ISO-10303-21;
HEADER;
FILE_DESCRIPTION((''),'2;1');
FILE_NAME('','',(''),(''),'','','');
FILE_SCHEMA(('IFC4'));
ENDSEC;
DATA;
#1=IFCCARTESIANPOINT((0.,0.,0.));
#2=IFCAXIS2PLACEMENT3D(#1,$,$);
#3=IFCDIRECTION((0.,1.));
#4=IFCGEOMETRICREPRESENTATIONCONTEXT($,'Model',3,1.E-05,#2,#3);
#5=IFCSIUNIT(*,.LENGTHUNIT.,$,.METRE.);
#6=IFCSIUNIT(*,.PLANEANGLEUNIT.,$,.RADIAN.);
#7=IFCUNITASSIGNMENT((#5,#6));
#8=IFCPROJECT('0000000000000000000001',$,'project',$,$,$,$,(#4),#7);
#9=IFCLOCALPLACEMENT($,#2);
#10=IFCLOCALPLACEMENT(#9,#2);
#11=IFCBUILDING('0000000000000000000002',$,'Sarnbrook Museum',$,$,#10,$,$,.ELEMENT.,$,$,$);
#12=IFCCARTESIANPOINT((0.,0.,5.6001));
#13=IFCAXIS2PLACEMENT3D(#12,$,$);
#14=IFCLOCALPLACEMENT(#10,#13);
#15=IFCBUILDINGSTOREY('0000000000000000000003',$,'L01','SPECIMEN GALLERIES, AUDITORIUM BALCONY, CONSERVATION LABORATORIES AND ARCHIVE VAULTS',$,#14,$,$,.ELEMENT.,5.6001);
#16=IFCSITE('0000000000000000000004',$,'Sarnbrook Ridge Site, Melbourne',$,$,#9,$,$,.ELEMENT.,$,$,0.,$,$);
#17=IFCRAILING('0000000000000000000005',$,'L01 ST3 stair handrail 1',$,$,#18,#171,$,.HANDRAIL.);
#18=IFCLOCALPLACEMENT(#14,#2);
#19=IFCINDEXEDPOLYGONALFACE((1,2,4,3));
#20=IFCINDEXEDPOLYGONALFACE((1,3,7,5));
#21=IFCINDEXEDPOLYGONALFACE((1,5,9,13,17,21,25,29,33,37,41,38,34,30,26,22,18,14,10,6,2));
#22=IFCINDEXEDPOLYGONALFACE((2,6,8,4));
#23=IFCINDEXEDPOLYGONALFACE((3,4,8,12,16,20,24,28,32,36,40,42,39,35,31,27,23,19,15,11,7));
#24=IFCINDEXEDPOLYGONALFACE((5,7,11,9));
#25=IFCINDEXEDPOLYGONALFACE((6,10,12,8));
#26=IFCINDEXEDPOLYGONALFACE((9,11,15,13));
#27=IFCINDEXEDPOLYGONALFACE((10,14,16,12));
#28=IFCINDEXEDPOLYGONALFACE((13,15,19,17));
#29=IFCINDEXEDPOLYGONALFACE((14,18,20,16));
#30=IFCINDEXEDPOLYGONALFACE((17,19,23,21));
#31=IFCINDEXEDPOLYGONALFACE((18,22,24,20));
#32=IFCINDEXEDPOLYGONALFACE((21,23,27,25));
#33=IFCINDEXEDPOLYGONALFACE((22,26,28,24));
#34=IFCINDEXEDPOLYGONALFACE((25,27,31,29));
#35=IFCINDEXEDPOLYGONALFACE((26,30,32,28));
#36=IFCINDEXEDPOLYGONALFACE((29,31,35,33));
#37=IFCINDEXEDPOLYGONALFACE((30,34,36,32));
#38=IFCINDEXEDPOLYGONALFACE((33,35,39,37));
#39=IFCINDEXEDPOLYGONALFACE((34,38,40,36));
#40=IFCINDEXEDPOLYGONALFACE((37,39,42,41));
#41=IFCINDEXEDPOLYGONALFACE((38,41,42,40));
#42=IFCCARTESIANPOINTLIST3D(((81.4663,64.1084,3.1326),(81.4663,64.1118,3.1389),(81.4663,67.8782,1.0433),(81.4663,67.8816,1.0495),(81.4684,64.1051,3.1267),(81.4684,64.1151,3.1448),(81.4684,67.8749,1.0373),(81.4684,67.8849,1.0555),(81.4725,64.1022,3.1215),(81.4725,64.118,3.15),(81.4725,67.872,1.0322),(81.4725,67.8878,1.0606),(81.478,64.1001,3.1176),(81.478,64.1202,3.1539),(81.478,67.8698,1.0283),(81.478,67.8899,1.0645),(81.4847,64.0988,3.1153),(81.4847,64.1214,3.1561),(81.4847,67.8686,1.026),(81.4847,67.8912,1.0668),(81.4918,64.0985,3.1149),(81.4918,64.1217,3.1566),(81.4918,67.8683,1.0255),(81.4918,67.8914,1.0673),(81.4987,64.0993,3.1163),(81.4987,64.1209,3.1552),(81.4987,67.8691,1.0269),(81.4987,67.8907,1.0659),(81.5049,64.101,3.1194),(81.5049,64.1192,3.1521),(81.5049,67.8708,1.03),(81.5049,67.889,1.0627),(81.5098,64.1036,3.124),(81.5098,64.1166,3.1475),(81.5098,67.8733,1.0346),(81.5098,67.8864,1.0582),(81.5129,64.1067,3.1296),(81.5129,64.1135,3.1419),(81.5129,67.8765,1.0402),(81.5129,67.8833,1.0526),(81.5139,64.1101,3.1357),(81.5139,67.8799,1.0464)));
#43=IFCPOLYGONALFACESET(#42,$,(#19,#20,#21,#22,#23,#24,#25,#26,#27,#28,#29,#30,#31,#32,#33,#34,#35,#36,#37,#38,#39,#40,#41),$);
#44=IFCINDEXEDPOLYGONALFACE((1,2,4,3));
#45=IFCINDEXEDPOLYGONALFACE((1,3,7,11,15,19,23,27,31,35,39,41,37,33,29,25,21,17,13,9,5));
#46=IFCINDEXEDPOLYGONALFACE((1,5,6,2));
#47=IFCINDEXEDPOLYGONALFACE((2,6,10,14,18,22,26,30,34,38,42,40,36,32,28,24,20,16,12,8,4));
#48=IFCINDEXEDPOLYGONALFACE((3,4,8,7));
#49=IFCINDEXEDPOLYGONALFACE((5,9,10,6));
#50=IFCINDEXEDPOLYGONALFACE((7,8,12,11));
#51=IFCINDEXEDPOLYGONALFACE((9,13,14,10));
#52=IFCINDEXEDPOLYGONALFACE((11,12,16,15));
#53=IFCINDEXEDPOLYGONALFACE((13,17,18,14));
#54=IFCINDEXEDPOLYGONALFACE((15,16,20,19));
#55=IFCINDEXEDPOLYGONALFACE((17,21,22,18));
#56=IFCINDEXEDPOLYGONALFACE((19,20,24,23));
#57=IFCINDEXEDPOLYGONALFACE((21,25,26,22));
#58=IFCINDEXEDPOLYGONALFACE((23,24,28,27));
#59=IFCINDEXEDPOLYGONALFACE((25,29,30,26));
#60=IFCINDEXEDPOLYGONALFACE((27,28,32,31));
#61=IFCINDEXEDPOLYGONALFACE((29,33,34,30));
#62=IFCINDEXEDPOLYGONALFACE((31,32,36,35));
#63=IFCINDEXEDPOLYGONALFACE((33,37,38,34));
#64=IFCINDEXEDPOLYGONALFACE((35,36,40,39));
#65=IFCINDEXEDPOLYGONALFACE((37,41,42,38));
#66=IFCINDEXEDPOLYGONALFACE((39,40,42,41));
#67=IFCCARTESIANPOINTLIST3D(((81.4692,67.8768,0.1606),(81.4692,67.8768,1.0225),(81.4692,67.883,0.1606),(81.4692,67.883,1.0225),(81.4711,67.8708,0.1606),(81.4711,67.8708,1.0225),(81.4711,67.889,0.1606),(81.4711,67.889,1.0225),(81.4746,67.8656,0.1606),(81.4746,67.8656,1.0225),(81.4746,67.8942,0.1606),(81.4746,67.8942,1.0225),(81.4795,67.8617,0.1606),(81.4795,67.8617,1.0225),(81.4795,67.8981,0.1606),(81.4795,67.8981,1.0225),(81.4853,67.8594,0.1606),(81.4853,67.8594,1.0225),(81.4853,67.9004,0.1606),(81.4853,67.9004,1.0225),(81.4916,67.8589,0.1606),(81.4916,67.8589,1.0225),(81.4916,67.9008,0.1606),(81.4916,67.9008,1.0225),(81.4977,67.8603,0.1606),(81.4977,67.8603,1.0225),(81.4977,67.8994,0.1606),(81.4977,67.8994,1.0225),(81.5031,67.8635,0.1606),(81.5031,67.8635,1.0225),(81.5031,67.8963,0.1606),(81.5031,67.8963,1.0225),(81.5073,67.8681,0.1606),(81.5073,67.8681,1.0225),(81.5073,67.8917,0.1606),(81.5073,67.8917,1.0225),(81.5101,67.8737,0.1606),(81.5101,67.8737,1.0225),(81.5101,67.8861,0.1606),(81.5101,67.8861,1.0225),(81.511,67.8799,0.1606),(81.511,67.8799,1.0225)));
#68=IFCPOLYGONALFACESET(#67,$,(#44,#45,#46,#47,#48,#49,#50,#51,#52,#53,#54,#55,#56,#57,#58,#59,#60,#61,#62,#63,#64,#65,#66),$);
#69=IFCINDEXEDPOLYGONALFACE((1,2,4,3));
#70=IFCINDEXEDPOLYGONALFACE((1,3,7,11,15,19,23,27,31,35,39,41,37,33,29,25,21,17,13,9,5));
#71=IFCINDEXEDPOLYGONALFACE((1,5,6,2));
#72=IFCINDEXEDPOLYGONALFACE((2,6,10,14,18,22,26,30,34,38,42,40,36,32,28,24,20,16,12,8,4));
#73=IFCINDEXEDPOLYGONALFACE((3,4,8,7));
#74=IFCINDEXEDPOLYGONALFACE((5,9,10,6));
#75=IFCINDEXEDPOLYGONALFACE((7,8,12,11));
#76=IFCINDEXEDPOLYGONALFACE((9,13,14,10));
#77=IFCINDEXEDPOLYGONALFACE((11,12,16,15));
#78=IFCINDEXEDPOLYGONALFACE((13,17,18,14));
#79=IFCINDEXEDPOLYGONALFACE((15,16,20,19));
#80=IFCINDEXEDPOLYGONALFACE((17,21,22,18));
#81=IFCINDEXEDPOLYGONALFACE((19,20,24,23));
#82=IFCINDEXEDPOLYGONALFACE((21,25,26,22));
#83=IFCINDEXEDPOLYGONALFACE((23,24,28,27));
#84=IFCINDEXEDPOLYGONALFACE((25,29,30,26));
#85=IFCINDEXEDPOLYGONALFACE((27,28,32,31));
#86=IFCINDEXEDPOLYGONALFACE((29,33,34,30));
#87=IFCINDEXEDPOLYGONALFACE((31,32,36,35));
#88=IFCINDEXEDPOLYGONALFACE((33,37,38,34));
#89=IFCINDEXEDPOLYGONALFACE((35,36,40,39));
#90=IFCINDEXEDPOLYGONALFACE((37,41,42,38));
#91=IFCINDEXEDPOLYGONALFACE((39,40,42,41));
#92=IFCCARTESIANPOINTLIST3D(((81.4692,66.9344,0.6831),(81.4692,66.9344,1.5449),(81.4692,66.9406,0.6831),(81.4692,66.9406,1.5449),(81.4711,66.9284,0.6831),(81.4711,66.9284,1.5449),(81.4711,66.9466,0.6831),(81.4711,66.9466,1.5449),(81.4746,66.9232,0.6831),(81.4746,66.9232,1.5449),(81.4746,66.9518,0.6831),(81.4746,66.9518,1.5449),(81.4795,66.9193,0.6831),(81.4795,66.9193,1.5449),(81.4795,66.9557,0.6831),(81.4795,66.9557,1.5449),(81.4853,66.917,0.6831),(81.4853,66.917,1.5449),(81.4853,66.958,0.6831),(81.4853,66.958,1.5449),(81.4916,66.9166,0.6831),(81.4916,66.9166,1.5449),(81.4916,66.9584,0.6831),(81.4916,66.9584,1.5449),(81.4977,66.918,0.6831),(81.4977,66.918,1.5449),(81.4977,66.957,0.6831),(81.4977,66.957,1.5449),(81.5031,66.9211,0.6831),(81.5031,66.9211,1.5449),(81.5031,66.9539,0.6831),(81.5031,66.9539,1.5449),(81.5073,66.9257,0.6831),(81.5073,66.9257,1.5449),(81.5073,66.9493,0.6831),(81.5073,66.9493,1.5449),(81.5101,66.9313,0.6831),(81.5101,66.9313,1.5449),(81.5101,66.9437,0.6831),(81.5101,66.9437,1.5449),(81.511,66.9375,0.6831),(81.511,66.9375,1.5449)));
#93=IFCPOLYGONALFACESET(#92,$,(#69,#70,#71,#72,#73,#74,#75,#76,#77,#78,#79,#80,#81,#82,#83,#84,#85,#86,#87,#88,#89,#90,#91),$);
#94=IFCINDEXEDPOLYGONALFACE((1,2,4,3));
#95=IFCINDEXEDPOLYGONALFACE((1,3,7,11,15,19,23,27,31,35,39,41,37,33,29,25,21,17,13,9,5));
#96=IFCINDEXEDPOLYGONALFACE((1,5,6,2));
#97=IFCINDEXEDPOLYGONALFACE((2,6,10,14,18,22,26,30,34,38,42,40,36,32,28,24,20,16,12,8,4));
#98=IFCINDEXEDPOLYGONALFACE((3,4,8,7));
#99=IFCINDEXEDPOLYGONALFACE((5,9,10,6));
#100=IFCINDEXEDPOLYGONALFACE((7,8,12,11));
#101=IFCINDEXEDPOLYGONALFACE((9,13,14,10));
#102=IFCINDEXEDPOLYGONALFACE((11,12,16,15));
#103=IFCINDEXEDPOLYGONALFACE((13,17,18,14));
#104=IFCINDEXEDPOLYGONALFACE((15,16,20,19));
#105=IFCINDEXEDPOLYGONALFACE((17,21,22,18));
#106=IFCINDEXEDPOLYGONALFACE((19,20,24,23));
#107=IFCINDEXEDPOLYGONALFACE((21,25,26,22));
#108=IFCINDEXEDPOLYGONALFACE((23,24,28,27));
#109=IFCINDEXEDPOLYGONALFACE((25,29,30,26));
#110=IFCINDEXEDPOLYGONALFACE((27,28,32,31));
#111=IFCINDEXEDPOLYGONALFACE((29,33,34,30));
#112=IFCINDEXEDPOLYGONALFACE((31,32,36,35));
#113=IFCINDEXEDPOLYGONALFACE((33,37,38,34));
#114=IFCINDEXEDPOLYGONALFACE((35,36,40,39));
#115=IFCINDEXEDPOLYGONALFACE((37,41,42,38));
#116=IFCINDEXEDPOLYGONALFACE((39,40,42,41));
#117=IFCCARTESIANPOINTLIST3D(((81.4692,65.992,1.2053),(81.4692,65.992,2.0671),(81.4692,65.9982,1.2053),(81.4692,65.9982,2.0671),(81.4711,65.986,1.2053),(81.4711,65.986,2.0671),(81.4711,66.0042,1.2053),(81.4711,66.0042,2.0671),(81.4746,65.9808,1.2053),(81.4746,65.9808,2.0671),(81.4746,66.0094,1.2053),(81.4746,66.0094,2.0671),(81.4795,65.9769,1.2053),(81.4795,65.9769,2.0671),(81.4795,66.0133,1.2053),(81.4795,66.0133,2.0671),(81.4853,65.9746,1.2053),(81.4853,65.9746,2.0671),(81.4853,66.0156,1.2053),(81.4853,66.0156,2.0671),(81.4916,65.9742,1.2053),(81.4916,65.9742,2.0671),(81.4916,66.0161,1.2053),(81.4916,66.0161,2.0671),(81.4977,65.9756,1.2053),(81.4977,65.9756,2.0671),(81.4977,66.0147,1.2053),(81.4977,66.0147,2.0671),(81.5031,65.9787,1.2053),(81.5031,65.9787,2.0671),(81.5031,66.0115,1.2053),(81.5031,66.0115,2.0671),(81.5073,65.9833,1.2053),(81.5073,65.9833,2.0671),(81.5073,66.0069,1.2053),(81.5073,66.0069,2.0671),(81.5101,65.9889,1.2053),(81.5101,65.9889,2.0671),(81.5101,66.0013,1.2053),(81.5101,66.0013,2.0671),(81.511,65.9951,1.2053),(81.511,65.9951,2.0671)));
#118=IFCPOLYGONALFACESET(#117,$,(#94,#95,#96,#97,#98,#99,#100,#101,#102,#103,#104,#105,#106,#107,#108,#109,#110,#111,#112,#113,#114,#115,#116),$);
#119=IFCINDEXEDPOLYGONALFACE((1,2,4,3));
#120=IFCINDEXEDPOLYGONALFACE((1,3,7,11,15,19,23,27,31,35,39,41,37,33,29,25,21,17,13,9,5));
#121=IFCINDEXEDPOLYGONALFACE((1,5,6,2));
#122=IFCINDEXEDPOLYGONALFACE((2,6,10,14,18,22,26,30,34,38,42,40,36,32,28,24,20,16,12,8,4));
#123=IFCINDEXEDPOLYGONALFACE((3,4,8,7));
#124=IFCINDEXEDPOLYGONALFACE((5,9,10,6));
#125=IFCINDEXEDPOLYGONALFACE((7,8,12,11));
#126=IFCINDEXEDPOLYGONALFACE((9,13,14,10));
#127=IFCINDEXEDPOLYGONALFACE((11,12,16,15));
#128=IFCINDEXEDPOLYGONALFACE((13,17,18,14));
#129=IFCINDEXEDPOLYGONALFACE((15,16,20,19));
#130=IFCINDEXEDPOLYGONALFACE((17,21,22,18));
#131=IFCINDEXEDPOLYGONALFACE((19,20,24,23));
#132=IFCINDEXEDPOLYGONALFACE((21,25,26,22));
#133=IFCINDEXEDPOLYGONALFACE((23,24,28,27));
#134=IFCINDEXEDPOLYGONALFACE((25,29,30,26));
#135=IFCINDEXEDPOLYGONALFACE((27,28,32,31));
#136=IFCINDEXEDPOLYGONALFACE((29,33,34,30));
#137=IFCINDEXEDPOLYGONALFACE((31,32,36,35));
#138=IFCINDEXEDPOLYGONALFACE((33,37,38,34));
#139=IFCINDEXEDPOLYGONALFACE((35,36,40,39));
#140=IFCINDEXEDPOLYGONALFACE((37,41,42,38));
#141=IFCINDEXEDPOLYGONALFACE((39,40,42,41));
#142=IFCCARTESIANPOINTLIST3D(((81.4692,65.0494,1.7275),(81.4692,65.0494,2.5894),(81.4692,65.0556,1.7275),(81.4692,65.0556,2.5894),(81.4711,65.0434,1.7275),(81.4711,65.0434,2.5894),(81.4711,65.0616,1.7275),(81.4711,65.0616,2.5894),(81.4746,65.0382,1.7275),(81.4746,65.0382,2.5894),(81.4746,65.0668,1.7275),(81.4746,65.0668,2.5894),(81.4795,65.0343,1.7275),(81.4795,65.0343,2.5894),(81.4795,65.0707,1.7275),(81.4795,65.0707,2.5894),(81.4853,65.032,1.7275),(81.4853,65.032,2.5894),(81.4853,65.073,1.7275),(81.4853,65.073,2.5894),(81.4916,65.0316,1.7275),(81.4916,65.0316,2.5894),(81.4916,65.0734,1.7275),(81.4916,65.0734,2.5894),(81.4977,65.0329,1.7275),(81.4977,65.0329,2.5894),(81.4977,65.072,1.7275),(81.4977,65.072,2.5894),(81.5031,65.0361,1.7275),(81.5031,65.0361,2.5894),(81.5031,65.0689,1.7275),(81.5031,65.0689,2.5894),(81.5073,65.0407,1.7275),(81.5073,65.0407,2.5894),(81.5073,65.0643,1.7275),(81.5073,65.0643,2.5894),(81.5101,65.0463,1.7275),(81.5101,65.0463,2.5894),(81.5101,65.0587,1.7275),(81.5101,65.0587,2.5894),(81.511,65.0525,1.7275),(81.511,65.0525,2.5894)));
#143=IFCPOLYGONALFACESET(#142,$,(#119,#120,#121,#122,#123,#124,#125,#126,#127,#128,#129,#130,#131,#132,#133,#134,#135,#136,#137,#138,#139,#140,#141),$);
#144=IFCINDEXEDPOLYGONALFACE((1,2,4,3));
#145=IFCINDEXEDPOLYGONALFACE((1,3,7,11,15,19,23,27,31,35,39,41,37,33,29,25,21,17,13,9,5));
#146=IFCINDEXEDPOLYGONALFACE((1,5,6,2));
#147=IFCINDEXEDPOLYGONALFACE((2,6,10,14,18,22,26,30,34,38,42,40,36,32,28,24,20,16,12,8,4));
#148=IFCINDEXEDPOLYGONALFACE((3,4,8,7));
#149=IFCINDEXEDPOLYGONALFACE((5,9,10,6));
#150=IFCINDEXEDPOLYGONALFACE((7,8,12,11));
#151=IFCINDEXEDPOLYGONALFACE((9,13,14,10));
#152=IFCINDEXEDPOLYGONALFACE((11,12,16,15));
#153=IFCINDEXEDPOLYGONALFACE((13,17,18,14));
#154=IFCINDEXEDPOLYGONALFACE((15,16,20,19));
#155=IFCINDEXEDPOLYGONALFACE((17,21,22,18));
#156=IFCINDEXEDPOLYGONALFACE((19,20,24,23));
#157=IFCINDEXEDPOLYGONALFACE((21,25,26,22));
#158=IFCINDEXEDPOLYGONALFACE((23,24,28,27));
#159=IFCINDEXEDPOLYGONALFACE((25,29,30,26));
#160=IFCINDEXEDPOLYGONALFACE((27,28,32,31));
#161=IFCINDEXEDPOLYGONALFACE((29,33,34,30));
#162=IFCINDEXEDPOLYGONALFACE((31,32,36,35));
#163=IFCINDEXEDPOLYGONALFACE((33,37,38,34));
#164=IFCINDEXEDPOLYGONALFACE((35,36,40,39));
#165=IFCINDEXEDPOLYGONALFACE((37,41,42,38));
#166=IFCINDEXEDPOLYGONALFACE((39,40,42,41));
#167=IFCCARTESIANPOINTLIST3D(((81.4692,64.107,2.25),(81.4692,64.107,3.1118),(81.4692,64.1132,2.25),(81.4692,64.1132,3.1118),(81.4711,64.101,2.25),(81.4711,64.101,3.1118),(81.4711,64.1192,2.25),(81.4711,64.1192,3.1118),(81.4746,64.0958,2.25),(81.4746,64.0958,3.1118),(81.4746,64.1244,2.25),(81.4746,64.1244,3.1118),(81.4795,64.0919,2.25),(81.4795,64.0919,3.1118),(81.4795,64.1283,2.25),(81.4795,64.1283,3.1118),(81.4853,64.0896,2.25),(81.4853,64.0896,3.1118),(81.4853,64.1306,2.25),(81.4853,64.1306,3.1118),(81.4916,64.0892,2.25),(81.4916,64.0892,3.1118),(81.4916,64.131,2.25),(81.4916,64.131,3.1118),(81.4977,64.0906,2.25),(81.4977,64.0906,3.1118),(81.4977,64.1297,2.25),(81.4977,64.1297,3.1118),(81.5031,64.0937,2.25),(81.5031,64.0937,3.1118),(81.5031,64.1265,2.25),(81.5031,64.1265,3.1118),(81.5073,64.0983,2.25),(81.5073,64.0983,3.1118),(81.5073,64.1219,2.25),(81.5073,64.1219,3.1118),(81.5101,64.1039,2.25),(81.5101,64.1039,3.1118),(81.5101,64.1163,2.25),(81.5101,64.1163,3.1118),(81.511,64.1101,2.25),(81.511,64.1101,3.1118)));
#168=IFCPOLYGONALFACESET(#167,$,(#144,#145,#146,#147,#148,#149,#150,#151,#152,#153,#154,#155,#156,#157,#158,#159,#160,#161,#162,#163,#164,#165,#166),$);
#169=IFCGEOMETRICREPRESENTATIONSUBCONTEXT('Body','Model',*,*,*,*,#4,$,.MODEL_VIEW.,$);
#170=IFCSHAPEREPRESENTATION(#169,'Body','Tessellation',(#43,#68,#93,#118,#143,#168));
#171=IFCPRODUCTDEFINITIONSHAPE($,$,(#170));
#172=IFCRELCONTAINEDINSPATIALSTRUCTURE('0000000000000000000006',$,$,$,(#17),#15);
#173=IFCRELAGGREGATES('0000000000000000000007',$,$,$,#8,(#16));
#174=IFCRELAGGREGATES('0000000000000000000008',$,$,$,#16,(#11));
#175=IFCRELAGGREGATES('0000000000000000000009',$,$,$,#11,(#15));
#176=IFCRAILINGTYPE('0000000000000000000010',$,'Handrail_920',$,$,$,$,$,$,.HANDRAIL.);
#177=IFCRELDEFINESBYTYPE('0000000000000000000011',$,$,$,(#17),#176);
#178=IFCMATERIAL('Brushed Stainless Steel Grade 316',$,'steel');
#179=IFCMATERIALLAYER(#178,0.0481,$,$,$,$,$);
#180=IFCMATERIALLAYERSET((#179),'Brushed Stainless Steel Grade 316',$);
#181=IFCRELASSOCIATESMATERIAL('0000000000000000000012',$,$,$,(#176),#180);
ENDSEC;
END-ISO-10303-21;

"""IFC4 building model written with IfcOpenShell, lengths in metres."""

from ifc_helpers import new_model, si_unit, direction, frame, origin, origin_2d, place, context, subcontext, project, spatial, circle, extrude, material, layer, layer_set, type_object, element, save


model = new_model("IFC4")

# Units and contexts
model_context = context("Model", 3, precision=1e-05, world=origin(), true_north=direction((0.0, 1.0)))
body_context = subcontext(model_context, "Body", "Model", "MODEL_VIEW")
ifc_project = project(units=[si_unit("LENGTHUNIT", "METRE"), si_unit("PLANEANGLEUNIT", "RADIAN")], contexts=[model_context])

# Site, building, storey
site_placement = place(None, origin())
site = spatial("IfcSite", under=ifc_project, at=site_placement, Name="Sarnbrook Ridge Site, Melbourne", CompositionType="ELEMENT", RefElevation=0.0)
building_placement = place(site_placement, origin())
building = spatial("IfcBuilding", under=site, at=building_placement, Name="Sarnbrook Museum", CompositionType="ELEMENT")
storey_placement = place(building_placement, frame((0.0, 0.0, 5.6001)))
storey = spatial("IfcBuildingStorey", under=building, at=storey_placement, Name="L01", Description="SPECIMEN GALLERIES, AUDITORIUM BALCONY, CONSERVATION LABORATORIES AND ARCHIVE VAULTS", CompositionType="ELEMENT", Elevation=5.6001)

# Shared definitions
ifc_material_1 = material(Name="Brushed Stainless Steel Grade 316", Category="steel")

# Railing
ifc_layer_1 = layer(ifc_material_1, 0.0481)
ifc_layer_set_1 = layer_set([ifc_layer_1], Name="Brushed Stainless Steel Grade 316")
railing_type_1 = type_object("IfcRailingType", Name="Handrail_920", PredefinedType="HANDRAIL", material=ifc_layer_set_1)
railing_1_placement = place(storey_placement, frame((81.49, 67.8799, 0.1606)))
element("IfcRailing", 1, at=railing_1_placement, inside=storey, type_object=railing_type_1, Name="L01 ST3 stair handrail 1", PredefinedType="HANDRAIL", context=body_context, shape_type="SweptSolid", body=[
    extrude(circle(Radius=0.0239, at=origin_2d()), frame((0.0, 0.0, 0.8857), z_axis=(0.0, -0.874646, 0.484763), x_axis=(1.0, 0.0, 0.0)), (0.0, 0.0, 1.0), 4.3101),
    extrude(circle(Radius=0.021, at=origin_2d()), origin(), (0.0, 0.0, 1.0), 0.8618),
    extrude(circle(Radius=0.021, at=origin_2d()), frame((0.0, -0.9424, 0.5225)), (0.0, 0.0, 1.0), 0.8618),
    extrude(circle(Radius=0.021, at=origin_2d()), frame((0.0, -1.8848, 1.0447)), (0.0, 0.0, 1.0), 0.8618),
    extrude(circle(Radius=0.021, at=origin_2d()), frame((0.0, -2.8274, 1.5669)), (0.0, 0.0, 1.0), 0.8618),
    extrude(circle(Radius=0.021, at=origin_2d()), frame((0.0, -3.7698, 2.0894)), (0.0, 0.0, 1.0), 0.8618),
])

save(model, "model.ifc")
